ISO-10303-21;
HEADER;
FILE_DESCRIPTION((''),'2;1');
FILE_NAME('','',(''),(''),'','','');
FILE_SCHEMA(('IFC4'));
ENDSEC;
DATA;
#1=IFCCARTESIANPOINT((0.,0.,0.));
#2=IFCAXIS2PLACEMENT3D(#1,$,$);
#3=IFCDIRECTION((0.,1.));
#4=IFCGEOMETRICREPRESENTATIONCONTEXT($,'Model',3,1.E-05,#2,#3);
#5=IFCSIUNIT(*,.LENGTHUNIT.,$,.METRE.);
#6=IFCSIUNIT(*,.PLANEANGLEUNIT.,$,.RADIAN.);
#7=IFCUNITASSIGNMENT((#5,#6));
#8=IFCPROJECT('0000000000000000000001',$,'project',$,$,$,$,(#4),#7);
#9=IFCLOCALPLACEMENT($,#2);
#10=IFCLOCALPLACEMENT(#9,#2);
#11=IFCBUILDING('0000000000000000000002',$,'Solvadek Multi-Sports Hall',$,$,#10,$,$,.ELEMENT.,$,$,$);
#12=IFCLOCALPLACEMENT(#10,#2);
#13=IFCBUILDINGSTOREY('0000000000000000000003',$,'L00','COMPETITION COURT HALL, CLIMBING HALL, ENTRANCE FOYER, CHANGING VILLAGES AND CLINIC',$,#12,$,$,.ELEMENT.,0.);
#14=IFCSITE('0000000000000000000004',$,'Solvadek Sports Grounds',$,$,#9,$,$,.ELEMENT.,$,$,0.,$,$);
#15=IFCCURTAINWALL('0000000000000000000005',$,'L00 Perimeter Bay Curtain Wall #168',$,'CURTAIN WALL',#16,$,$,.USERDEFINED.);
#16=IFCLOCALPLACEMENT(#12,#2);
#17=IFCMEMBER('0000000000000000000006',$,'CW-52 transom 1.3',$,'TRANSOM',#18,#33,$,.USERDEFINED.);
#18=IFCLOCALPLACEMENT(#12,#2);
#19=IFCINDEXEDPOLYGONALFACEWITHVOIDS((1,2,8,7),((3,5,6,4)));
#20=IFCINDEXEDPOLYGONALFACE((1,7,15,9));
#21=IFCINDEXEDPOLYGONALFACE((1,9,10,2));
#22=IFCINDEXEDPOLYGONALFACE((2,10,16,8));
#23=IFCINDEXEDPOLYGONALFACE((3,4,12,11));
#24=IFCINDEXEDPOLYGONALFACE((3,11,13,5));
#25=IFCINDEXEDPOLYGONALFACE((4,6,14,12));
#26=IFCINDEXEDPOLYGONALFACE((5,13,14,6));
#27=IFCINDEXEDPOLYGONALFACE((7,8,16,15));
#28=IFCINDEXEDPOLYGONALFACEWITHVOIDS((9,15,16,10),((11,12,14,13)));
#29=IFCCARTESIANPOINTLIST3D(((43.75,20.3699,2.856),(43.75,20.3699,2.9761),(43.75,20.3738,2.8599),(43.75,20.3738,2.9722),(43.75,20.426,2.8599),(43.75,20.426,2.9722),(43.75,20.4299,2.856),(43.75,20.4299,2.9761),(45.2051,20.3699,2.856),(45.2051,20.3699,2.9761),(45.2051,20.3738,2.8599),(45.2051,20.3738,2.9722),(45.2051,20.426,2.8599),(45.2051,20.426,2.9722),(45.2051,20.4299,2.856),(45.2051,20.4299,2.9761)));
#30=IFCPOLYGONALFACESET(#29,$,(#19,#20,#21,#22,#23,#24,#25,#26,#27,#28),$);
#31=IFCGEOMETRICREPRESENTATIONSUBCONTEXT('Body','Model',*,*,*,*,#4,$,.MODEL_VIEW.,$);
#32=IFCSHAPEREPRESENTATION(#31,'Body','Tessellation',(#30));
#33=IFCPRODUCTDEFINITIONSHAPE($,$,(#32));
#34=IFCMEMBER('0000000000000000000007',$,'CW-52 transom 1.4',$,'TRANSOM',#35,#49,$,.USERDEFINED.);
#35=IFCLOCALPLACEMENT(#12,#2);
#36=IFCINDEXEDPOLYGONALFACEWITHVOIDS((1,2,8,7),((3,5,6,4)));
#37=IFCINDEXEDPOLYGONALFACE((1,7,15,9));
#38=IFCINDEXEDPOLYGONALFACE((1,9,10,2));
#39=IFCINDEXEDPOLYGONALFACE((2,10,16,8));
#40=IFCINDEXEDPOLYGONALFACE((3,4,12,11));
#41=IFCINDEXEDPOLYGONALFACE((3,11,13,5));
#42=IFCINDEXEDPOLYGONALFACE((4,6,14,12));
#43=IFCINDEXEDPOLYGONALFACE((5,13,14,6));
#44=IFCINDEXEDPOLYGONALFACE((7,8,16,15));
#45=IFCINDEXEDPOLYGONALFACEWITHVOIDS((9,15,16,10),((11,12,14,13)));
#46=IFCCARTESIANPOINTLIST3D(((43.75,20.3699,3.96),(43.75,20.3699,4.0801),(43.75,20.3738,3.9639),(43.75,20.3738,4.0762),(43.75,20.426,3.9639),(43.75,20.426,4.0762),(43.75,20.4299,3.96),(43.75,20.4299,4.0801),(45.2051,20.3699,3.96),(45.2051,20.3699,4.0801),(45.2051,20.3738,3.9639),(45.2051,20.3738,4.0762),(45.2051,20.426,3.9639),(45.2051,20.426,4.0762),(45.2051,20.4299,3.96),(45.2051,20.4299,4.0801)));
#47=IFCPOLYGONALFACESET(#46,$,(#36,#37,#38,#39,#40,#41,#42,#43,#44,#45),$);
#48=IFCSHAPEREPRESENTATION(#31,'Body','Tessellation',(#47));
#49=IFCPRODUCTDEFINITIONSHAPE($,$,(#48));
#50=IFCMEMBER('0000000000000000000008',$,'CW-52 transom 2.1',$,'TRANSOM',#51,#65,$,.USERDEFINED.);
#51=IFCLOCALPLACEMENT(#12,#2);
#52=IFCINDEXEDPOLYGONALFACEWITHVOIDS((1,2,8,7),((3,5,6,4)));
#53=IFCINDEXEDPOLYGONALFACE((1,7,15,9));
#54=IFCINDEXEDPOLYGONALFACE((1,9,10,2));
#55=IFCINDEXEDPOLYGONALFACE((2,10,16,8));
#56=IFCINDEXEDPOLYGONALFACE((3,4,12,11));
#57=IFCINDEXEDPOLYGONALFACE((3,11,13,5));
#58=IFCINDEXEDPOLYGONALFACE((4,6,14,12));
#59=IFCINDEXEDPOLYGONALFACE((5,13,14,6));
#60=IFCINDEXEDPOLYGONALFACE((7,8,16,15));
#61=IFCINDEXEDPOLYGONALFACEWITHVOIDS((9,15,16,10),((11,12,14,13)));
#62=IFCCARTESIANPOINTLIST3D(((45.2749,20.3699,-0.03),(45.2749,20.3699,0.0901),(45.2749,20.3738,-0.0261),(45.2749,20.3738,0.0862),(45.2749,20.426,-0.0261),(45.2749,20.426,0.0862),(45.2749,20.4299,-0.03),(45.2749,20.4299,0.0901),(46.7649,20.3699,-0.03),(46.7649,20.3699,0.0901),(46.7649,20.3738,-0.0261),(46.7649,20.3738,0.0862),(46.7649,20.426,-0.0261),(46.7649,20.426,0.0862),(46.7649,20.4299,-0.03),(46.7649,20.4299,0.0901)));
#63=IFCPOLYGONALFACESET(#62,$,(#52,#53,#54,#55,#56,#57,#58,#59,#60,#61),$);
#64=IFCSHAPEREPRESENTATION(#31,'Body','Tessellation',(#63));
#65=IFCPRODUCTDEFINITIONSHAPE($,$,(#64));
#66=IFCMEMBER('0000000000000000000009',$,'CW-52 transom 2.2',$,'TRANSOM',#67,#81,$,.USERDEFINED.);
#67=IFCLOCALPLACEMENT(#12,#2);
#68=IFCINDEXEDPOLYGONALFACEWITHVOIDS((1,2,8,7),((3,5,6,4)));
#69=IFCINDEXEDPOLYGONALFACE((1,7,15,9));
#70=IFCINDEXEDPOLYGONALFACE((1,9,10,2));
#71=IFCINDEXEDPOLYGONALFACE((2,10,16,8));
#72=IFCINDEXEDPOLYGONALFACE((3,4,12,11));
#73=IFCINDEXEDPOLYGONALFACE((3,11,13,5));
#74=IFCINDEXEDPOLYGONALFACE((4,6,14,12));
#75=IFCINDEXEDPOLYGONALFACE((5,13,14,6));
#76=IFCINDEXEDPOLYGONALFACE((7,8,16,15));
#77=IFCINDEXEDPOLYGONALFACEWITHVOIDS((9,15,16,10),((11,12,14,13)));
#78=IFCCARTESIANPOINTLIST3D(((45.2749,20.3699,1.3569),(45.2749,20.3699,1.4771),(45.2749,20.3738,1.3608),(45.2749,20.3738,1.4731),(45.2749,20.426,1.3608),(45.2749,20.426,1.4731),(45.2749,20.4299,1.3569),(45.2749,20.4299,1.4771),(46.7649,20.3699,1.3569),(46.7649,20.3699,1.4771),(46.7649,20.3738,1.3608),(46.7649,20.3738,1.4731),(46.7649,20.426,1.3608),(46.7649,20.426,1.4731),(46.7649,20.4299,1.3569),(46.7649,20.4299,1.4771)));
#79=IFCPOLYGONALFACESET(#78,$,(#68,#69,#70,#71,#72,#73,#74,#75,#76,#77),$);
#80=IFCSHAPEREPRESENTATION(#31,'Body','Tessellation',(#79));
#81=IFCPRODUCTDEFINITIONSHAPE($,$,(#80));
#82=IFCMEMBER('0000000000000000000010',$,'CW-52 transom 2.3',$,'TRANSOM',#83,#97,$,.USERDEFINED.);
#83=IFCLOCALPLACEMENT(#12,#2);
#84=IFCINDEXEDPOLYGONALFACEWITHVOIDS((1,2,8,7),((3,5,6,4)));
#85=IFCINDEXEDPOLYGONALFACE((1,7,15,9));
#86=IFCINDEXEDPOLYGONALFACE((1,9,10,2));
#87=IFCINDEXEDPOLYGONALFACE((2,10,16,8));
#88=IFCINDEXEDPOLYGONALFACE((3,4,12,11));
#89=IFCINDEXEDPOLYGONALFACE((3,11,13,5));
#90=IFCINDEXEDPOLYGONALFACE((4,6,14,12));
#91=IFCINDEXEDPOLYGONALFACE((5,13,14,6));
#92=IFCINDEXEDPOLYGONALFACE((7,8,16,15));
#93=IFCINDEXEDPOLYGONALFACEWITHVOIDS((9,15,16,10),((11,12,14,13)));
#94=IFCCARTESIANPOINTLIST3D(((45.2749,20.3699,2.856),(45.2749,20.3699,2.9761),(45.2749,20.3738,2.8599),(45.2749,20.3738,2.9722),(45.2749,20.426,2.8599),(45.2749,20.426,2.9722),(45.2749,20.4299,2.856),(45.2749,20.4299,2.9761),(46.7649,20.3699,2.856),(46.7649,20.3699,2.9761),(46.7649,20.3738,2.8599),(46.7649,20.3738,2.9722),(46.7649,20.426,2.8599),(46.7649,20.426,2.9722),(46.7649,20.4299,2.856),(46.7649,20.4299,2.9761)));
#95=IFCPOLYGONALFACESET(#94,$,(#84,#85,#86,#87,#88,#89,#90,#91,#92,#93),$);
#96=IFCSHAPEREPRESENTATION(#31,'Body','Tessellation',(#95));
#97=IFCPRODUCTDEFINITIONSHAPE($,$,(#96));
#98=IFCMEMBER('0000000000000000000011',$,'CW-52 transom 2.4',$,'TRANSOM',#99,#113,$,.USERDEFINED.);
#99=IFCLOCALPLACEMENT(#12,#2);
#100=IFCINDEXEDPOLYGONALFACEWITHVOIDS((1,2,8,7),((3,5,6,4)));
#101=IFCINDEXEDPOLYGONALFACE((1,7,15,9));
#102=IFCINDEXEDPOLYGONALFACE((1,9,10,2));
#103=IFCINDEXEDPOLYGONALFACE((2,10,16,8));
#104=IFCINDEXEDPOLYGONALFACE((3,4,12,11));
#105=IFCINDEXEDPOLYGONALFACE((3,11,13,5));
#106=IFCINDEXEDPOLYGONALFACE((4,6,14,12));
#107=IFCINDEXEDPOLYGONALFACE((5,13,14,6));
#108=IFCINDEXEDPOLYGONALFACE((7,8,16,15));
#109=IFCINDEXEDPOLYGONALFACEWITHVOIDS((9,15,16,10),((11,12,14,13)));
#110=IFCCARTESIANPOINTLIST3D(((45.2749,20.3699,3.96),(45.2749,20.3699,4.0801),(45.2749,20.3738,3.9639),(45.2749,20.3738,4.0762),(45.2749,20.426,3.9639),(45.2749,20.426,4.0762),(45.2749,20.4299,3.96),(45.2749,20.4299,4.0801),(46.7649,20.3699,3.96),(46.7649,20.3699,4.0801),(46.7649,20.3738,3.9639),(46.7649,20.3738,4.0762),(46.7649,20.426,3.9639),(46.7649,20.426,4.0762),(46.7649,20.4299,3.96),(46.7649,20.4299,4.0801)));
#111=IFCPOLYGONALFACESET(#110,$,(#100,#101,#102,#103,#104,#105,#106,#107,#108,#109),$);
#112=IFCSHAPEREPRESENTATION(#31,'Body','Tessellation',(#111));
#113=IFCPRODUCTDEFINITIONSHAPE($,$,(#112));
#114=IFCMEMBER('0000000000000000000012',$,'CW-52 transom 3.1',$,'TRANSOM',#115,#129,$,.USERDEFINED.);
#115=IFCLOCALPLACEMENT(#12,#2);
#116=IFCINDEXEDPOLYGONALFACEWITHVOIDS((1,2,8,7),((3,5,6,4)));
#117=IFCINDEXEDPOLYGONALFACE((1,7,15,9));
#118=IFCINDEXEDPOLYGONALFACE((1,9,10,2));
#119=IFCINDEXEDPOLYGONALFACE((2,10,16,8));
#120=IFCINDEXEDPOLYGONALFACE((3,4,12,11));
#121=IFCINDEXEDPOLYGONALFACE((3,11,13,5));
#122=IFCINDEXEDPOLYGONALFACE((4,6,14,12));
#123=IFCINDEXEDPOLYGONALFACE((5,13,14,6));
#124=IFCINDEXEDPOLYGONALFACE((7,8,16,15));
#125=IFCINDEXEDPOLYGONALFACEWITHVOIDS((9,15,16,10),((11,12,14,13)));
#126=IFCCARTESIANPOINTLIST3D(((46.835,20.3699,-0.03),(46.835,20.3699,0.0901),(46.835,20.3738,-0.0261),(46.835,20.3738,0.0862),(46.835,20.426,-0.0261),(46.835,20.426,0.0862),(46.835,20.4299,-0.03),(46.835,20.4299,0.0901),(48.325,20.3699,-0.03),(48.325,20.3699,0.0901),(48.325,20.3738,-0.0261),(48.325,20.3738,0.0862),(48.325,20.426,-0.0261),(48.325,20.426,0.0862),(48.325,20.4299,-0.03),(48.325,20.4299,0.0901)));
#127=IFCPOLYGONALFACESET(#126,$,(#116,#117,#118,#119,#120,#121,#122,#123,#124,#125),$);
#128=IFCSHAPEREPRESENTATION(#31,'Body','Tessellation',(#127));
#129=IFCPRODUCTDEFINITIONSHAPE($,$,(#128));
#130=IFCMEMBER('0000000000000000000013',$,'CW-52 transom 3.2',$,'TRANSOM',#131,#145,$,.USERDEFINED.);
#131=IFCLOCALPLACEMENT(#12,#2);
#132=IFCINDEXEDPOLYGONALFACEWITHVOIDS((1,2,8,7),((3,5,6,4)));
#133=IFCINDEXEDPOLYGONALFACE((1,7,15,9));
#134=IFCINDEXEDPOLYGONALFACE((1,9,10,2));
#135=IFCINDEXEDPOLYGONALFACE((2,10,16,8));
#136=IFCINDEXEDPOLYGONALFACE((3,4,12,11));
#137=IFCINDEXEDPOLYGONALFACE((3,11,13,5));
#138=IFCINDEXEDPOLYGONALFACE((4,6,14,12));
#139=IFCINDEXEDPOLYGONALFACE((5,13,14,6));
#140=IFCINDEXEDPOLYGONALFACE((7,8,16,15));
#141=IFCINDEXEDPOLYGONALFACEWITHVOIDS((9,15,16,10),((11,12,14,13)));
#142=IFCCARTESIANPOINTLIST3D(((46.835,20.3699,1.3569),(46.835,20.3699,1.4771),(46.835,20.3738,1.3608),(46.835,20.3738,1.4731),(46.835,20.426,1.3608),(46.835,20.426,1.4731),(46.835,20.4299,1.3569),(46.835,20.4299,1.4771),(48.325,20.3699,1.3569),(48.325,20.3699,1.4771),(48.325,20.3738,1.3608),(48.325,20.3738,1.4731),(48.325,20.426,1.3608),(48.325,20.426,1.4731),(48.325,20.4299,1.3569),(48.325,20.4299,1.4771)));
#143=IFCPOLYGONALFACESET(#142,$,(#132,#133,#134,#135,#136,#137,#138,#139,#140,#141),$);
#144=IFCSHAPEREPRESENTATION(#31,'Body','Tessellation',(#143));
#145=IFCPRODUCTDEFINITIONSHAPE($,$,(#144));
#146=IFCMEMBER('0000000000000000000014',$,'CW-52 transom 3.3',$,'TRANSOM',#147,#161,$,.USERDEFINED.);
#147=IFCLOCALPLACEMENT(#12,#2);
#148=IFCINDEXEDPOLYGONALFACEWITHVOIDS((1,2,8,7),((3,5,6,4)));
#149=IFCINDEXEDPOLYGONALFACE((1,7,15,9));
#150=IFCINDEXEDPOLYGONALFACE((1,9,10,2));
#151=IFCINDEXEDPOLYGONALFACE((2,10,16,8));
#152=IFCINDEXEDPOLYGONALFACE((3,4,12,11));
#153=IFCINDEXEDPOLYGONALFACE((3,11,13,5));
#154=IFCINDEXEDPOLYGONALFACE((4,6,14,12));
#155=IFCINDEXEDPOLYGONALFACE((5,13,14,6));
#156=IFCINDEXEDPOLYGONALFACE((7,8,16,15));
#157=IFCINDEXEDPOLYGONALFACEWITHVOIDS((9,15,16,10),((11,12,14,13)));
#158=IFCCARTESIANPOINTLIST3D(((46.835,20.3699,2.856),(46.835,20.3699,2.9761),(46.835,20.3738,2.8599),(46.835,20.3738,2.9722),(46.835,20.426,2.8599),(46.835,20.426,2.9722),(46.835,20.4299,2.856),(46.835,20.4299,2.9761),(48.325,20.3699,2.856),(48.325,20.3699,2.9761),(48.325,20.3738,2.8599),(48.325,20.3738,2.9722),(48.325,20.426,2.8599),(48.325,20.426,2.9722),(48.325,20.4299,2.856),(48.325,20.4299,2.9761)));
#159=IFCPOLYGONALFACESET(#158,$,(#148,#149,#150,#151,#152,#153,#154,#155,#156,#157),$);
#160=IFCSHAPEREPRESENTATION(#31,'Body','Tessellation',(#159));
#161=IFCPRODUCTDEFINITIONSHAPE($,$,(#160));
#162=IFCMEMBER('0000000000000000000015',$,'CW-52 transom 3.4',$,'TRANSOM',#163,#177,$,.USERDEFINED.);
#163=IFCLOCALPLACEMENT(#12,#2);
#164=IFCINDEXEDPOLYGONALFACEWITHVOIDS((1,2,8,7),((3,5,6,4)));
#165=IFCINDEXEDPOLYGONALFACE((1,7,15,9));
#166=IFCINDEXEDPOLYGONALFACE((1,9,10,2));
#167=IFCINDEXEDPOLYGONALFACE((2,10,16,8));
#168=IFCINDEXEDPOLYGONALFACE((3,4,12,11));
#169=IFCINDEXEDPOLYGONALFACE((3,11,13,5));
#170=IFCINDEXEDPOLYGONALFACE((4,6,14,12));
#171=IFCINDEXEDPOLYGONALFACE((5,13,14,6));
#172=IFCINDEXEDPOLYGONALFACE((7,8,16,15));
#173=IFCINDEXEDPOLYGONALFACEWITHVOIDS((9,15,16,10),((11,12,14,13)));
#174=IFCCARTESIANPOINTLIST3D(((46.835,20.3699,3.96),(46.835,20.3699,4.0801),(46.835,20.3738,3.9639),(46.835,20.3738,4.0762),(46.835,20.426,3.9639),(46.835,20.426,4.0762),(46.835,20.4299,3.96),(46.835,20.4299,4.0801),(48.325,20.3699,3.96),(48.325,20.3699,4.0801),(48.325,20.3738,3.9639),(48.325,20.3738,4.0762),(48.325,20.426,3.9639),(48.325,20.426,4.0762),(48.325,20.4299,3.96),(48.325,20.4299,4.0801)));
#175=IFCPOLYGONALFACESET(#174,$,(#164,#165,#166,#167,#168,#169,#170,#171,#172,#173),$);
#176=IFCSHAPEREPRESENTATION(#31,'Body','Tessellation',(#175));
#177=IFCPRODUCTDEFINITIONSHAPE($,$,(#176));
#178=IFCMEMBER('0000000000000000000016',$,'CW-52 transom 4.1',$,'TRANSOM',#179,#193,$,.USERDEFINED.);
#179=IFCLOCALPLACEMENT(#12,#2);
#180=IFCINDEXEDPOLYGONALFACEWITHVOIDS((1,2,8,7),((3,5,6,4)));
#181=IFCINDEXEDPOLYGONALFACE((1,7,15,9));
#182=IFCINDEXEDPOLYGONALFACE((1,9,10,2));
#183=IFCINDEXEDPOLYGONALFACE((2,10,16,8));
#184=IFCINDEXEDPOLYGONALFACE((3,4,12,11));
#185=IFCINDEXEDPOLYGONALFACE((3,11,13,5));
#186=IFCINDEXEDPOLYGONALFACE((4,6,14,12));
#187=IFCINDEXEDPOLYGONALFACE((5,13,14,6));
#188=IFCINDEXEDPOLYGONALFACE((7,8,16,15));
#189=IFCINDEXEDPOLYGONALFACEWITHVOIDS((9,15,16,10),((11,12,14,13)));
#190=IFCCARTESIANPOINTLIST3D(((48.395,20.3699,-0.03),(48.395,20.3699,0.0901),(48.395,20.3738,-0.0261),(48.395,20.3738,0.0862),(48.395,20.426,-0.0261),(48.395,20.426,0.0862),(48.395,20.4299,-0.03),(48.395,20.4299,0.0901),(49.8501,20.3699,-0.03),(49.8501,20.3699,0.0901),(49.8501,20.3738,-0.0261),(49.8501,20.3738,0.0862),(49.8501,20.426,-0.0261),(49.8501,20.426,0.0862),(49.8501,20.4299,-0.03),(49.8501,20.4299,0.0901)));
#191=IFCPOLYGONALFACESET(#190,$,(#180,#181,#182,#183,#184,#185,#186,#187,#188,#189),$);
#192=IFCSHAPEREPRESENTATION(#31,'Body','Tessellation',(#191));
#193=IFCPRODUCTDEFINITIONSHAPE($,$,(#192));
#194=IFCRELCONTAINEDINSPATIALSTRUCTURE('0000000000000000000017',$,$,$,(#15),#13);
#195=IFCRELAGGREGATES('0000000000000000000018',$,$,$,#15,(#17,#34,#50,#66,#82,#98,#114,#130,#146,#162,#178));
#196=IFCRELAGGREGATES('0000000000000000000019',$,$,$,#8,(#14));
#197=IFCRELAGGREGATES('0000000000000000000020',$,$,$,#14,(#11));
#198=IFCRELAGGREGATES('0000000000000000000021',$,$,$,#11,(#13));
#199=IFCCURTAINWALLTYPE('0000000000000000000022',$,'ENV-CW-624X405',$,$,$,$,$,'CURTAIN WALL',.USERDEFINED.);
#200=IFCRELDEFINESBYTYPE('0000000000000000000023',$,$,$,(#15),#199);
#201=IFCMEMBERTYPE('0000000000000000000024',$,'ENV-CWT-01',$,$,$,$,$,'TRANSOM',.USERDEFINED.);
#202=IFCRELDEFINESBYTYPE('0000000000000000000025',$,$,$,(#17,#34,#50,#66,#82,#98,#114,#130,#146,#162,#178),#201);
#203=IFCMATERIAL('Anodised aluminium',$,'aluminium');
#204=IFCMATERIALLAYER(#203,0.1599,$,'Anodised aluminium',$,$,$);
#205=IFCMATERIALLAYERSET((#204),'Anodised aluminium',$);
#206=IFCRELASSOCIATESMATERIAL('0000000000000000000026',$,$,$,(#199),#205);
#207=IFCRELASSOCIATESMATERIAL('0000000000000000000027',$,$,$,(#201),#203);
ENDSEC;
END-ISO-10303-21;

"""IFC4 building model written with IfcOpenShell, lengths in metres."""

from ifc_helpers import new_model, si_unit, direction, frame, origin, origin_2d, place, context, subcontext, project, spatial, hollow_rectangle, extrude, material, layer, layer_set, material_profile, profile_set, type_object, element, aggregate, save


model = new_model("IFC4")

# Units and contexts
model_context = context("Model", 3, precision=1e-05, world=origin(), true_north=direction((0.0, 1.0)))
body_context = subcontext(model_context, "Body", "Model", "MODEL_VIEW")
ifc_project = project(units=[si_unit("LENGTHUNIT", "METRE"), si_unit("PLANEANGLEUNIT", "RADIAN")], contexts=[model_context])

# Site, building, storey
site_placement = place(None, origin())
site = spatial("IfcSite", under=ifc_project, at=site_placement, Name="Solvadek Sports Grounds", CompositionType="ELEMENT", RefElevation=0.0)
building_placement = place(site_placement, origin())
building = spatial("IfcBuilding", under=site, at=building_placement, Name="Solvadek Multi-Sports Hall", CompositionType="ELEMENT")
storey_placement = place(building_placement, origin())
storey = spatial("IfcBuildingStorey", under=building, at=storey_placement, Name="L00", Description="COMPETITION COURT HALL, CLIMBING HALL, ENTRANCE FOYER, CHANGING VILLAGES AND CLINIC", CompositionType="ELEMENT", Elevation=0.0)

# Curtain wall, members
ifc_material_1 = material(Name="Anodised aluminium", Category="aluminium")
ifc_layer_1 = layer(ifc_material_1, 0.1599, Name="Anodised aluminium")
ifc_layer_set_1 = layer_set([ifc_layer_1], Name="Anodised aluminium")
curtain_wall_type = type_object("IfcCurtainWallType", Name="ENV-CW-624X405", ElementType="CURTAIN WALL", PredefinedType="USERDEFINED", material=ifc_layer_set_1)
curtain_wall_placement = place(storey_placement, origin())
curtain_wall = element("IfcCurtainWall", 1, at=curtain_wall_placement, inside=storey, type_object=curtain_wall_type, Name="L00 Perimeter Bay Curtain Wall #168", ObjectType="CURTAIN WALL", PredefinedType="USERDEFINED")
ifc_material_profile_1 = material_profile(ifc_material_1, hollow_rectangle(XDim=0.0601, YDim=0.1201, WallThickness=0.0039, at=origin_2d()), Name="ALU-T 120x60x4")
ifc_profile_set_1 = profile_set([ifc_material_profile_1], Name="Anodised aluminium")
member_type_1 = type_object("IfcMemberType", Name="ENV-CWT-01", ElementType="TRANSOM", PredefinedType="USERDEFINED", material=ifc_profile_set_1)
member_1_placement = place(storey_placement, frame((43.75, 20.3999, 2.916), z_axis=(1.0, 0.0, 0.0), x_axis=(0.0, 1.0, 0.0)))
member_1 = element("IfcMember", 2, at=member_1_placement, type_object=member_type_1, Name="CW-52 transom 1.3", ObjectType="TRANSOM", PredefinedType="USERDEFINED", context=body_context, shape_type="SweptSolid", body=[
    extrude(hollow_rectangle(XDim=0.0601, YDim=0.1201, WallThickness=0.0039, at=origin_2d()), origin(), (0.0, 0.0, 1.0), 1.4551),
])
member_2_placement = place(storey_placement, frame((43.75, 20.3999, 4.02), z_axis=(1.0, 0.0, 0.0), x_axis=(0.0, 1.0, 0.0)))
member_2 = element("IfcMember", 3, at=member_2_placement, type_object=member_type_1, Name="CW-52 transom 1.4", ObjectType="TRANSOM", PredefinedType="USERDEFINED", context=body_context, shape_type="SweptSolid", body=[
    extrude(hollow_rectangle(XDim=0.0601, YDim=0.1201, WallThickness=0.0039, at=origin_2d()), origin(), (0.0, 0.0, 1.0), 1.4551),
])
member_3_placement = place(storey_placement, frame((45.2749, 20.3999, 0.03), z_axis=(1.0, 0.0, 0.0), x_axis=(0.0, 1.0, 0.0)))
member_3 = element("IfcMember", 4, at=member_3_placement, type_object=member_type_1, Name="CW-52 transom 2.1", ObjectType="TRANSOM", PredefinedType="USERDEFINED", context=body_context, shape_type="SweptSolid", body=[
    extrude(hollow_rectangle(XDim=0.0601, YDim=0.1201, WallThickness=0.0039, at=origin_2d()), origin(), (0.0, 0.0, 1.0), 1.49),
])
member_4_placement = place(storey_placement, frame((45.2749, 20.3999, 1.417), z_axis=(1.0, 0.0, 0.0), x_axis=(0.0, 1.0, 0.0)))
member_4 = element("IfcMember", 5, at=member_4_placement, type_object=member_type_1, Name="CW-52 transom 2.2", ObjectType="TRANSOM", PredefinedType="USERDEFINED", context=body_context, shape_type="SweptSolid", body=[
    extrude(hollow_rectangle(XDim=0.0601, YDim=0.1201, WallThickness=0.0039, at=origin_2d()), origin(), (0.0, 0.0, 1.0), 1.49),
])
member_5_placement = place(storey_placement, frame((45.2749, 20.3999, 2.916), z_axis=(1.0, 0.0, 0.0), x_axis=(0.0, 1.0, 0.0)))
member_5 = element("IfcMember", 6, at=member_5_placement, type_object=member_type_1, Name="CW-52 transom 2.3", ObjectType="TRANSOM", PredefinedType="USERDEFINED", context=body_context, shape_type="SweptSolid", body=[
    extrude(hollow_rectangle(XDim=0.0601, YDim=0.1201, WallThickness=0.0039, at=origin_2d()), origin(), (0.0, 0.0, 1.0), 1.49),
])
member_6_placement = place(storey_placement, frame((45.2749, 20.3999, 4.02), z_axis=(1.0, 0.0, 0.0), x_axis=(0.0, 1.0, 0.0)))
member_6 = element("IfcMember", 7, at=member_6_placement, type_object=member_type_1, Name="CW-52 transom 2.4", ObjectType="TRANSOM", PredefinedType="USERDEFINED", context=body_context, shape_type="SweptSolid", body=[
    extrude(hollow_rectangle(XDim=0.0601, YDim=0.1201, WallThickness=0.0039, at=origin_2d()), origin(), (0.0, 0.0, 1.0), 1.49),
])
member_7_placement = place(storey_placement, frame((46.835, 20.3999, 0.03), z_axis=(1.0, 0.0, 0.0), x_axis=(0.0, 1.0, 0.0)))
member_7 = element("IfcMember", 8, at=member_7_placement, type_object=member_type_1, Name="CW-52 transom 3.1", ObjectType="TRANSOM", PredefinedType="USERDEFINED", context=body_context, shape_type="SweptSolid", body=[
    extrude(hollow_rectangle(XDim=0.0601, YDim=0.1201, WallThickness=0.0039, at=origin_2d()), origin(), (0.0, 0.0, 1.0), 1.49),
])
member_8_placement = place(storey_placement, frame((46.835, 20.3999, 1.417), z_axis=(1.0, 0.0, 0.0), x_axis=(0.0, 1.0, 0.0)))
member_8 = element("IfcMember", 9, at=member_8_placement, type_object=member_type_1, Name="CW-52 transom 3.2", ObjectType="TRANSOM", PredefinedType="USERDEFINED", context=body_context, shape_type="SweptSolid", body=[
    extrude(hollow_rectangle(XDim=0.0601, YDim=0.1201, WallThickness=0.0039, at=origin_2d()), origin(), (0.0, 0.0, 1.0), 1.49),
])
member_9_placement = place(storey_placement, frame((46.835, 20.3999, 2.916), z_axis=(1.0, 0.0, 0.0), x_axis=(0.0, 1.0, 0.0)))
member_9 = element("IfcMember", 10, at=member_9_placement, type_object=member_type_1, Name="CW-52 transom 3.3", ObjectType="TRANSOM", PredefinedType="USERDEFINED", context=body_context, shape_type="SweptSolid", body=[
    extrude(hollow_rectangle(XDim=0.0601, YDim=0.1201, WallThickness=0.0039, at=origin_2d()), origin(), (0.0, 0.0, 1.0), 1.49),
])
member_10_placement = place(storey_placement, frame((46.835, 20.3999, 4.02), z_axis=(1.0, 0.0, 0.0), x_axis=(0.0, 1.0, 0.0)))
member_10 = element("IfcMember", 11, at=member_10_placement, type_object=member_type_1, Name="CW-52 transom 3.4", ObjectType="TRANSOM", PredefinedType="USERDEFINED", context=body_context, shape_type="SweptSolid", body=[
    extrude(hollow_rectangle(XDim=0.0601, YDim=0.1201, WallThickness=0.0039, at=origin_2d()), origin(), (0.0, 0.0, 1.0), 1.49),
])
member_11_placement = place(storey_placement, frame((48.395, 20.3999, 0.03), z_axis=(1.0, 0.0, 0.0), x_axis=(0.0, 1.0, 0.0)))
member_11 = element("IfcMember", 12, at=member_11_placement, type_object=member_type_1, Name="CW-52 transom 4.1", ObjectType="TRANSOM", PredefinedType="USERDEFINED", context=body_context, shape_type="SweptSolid", body=[
    extrude(hollow_rectangle(XDim=0.0601, YDim=0.1201, WallThickness=0.0039, at=origin_2d()), origin(), (0.0, 0.0, 1.0), 1.4551),
])

aggregate(curtain_wall, [member_1, member_2, member_3, member_4, member_5, member_6, member_7, member_8, member_9, member_10, member_11])

save(model, "model.ifc")
